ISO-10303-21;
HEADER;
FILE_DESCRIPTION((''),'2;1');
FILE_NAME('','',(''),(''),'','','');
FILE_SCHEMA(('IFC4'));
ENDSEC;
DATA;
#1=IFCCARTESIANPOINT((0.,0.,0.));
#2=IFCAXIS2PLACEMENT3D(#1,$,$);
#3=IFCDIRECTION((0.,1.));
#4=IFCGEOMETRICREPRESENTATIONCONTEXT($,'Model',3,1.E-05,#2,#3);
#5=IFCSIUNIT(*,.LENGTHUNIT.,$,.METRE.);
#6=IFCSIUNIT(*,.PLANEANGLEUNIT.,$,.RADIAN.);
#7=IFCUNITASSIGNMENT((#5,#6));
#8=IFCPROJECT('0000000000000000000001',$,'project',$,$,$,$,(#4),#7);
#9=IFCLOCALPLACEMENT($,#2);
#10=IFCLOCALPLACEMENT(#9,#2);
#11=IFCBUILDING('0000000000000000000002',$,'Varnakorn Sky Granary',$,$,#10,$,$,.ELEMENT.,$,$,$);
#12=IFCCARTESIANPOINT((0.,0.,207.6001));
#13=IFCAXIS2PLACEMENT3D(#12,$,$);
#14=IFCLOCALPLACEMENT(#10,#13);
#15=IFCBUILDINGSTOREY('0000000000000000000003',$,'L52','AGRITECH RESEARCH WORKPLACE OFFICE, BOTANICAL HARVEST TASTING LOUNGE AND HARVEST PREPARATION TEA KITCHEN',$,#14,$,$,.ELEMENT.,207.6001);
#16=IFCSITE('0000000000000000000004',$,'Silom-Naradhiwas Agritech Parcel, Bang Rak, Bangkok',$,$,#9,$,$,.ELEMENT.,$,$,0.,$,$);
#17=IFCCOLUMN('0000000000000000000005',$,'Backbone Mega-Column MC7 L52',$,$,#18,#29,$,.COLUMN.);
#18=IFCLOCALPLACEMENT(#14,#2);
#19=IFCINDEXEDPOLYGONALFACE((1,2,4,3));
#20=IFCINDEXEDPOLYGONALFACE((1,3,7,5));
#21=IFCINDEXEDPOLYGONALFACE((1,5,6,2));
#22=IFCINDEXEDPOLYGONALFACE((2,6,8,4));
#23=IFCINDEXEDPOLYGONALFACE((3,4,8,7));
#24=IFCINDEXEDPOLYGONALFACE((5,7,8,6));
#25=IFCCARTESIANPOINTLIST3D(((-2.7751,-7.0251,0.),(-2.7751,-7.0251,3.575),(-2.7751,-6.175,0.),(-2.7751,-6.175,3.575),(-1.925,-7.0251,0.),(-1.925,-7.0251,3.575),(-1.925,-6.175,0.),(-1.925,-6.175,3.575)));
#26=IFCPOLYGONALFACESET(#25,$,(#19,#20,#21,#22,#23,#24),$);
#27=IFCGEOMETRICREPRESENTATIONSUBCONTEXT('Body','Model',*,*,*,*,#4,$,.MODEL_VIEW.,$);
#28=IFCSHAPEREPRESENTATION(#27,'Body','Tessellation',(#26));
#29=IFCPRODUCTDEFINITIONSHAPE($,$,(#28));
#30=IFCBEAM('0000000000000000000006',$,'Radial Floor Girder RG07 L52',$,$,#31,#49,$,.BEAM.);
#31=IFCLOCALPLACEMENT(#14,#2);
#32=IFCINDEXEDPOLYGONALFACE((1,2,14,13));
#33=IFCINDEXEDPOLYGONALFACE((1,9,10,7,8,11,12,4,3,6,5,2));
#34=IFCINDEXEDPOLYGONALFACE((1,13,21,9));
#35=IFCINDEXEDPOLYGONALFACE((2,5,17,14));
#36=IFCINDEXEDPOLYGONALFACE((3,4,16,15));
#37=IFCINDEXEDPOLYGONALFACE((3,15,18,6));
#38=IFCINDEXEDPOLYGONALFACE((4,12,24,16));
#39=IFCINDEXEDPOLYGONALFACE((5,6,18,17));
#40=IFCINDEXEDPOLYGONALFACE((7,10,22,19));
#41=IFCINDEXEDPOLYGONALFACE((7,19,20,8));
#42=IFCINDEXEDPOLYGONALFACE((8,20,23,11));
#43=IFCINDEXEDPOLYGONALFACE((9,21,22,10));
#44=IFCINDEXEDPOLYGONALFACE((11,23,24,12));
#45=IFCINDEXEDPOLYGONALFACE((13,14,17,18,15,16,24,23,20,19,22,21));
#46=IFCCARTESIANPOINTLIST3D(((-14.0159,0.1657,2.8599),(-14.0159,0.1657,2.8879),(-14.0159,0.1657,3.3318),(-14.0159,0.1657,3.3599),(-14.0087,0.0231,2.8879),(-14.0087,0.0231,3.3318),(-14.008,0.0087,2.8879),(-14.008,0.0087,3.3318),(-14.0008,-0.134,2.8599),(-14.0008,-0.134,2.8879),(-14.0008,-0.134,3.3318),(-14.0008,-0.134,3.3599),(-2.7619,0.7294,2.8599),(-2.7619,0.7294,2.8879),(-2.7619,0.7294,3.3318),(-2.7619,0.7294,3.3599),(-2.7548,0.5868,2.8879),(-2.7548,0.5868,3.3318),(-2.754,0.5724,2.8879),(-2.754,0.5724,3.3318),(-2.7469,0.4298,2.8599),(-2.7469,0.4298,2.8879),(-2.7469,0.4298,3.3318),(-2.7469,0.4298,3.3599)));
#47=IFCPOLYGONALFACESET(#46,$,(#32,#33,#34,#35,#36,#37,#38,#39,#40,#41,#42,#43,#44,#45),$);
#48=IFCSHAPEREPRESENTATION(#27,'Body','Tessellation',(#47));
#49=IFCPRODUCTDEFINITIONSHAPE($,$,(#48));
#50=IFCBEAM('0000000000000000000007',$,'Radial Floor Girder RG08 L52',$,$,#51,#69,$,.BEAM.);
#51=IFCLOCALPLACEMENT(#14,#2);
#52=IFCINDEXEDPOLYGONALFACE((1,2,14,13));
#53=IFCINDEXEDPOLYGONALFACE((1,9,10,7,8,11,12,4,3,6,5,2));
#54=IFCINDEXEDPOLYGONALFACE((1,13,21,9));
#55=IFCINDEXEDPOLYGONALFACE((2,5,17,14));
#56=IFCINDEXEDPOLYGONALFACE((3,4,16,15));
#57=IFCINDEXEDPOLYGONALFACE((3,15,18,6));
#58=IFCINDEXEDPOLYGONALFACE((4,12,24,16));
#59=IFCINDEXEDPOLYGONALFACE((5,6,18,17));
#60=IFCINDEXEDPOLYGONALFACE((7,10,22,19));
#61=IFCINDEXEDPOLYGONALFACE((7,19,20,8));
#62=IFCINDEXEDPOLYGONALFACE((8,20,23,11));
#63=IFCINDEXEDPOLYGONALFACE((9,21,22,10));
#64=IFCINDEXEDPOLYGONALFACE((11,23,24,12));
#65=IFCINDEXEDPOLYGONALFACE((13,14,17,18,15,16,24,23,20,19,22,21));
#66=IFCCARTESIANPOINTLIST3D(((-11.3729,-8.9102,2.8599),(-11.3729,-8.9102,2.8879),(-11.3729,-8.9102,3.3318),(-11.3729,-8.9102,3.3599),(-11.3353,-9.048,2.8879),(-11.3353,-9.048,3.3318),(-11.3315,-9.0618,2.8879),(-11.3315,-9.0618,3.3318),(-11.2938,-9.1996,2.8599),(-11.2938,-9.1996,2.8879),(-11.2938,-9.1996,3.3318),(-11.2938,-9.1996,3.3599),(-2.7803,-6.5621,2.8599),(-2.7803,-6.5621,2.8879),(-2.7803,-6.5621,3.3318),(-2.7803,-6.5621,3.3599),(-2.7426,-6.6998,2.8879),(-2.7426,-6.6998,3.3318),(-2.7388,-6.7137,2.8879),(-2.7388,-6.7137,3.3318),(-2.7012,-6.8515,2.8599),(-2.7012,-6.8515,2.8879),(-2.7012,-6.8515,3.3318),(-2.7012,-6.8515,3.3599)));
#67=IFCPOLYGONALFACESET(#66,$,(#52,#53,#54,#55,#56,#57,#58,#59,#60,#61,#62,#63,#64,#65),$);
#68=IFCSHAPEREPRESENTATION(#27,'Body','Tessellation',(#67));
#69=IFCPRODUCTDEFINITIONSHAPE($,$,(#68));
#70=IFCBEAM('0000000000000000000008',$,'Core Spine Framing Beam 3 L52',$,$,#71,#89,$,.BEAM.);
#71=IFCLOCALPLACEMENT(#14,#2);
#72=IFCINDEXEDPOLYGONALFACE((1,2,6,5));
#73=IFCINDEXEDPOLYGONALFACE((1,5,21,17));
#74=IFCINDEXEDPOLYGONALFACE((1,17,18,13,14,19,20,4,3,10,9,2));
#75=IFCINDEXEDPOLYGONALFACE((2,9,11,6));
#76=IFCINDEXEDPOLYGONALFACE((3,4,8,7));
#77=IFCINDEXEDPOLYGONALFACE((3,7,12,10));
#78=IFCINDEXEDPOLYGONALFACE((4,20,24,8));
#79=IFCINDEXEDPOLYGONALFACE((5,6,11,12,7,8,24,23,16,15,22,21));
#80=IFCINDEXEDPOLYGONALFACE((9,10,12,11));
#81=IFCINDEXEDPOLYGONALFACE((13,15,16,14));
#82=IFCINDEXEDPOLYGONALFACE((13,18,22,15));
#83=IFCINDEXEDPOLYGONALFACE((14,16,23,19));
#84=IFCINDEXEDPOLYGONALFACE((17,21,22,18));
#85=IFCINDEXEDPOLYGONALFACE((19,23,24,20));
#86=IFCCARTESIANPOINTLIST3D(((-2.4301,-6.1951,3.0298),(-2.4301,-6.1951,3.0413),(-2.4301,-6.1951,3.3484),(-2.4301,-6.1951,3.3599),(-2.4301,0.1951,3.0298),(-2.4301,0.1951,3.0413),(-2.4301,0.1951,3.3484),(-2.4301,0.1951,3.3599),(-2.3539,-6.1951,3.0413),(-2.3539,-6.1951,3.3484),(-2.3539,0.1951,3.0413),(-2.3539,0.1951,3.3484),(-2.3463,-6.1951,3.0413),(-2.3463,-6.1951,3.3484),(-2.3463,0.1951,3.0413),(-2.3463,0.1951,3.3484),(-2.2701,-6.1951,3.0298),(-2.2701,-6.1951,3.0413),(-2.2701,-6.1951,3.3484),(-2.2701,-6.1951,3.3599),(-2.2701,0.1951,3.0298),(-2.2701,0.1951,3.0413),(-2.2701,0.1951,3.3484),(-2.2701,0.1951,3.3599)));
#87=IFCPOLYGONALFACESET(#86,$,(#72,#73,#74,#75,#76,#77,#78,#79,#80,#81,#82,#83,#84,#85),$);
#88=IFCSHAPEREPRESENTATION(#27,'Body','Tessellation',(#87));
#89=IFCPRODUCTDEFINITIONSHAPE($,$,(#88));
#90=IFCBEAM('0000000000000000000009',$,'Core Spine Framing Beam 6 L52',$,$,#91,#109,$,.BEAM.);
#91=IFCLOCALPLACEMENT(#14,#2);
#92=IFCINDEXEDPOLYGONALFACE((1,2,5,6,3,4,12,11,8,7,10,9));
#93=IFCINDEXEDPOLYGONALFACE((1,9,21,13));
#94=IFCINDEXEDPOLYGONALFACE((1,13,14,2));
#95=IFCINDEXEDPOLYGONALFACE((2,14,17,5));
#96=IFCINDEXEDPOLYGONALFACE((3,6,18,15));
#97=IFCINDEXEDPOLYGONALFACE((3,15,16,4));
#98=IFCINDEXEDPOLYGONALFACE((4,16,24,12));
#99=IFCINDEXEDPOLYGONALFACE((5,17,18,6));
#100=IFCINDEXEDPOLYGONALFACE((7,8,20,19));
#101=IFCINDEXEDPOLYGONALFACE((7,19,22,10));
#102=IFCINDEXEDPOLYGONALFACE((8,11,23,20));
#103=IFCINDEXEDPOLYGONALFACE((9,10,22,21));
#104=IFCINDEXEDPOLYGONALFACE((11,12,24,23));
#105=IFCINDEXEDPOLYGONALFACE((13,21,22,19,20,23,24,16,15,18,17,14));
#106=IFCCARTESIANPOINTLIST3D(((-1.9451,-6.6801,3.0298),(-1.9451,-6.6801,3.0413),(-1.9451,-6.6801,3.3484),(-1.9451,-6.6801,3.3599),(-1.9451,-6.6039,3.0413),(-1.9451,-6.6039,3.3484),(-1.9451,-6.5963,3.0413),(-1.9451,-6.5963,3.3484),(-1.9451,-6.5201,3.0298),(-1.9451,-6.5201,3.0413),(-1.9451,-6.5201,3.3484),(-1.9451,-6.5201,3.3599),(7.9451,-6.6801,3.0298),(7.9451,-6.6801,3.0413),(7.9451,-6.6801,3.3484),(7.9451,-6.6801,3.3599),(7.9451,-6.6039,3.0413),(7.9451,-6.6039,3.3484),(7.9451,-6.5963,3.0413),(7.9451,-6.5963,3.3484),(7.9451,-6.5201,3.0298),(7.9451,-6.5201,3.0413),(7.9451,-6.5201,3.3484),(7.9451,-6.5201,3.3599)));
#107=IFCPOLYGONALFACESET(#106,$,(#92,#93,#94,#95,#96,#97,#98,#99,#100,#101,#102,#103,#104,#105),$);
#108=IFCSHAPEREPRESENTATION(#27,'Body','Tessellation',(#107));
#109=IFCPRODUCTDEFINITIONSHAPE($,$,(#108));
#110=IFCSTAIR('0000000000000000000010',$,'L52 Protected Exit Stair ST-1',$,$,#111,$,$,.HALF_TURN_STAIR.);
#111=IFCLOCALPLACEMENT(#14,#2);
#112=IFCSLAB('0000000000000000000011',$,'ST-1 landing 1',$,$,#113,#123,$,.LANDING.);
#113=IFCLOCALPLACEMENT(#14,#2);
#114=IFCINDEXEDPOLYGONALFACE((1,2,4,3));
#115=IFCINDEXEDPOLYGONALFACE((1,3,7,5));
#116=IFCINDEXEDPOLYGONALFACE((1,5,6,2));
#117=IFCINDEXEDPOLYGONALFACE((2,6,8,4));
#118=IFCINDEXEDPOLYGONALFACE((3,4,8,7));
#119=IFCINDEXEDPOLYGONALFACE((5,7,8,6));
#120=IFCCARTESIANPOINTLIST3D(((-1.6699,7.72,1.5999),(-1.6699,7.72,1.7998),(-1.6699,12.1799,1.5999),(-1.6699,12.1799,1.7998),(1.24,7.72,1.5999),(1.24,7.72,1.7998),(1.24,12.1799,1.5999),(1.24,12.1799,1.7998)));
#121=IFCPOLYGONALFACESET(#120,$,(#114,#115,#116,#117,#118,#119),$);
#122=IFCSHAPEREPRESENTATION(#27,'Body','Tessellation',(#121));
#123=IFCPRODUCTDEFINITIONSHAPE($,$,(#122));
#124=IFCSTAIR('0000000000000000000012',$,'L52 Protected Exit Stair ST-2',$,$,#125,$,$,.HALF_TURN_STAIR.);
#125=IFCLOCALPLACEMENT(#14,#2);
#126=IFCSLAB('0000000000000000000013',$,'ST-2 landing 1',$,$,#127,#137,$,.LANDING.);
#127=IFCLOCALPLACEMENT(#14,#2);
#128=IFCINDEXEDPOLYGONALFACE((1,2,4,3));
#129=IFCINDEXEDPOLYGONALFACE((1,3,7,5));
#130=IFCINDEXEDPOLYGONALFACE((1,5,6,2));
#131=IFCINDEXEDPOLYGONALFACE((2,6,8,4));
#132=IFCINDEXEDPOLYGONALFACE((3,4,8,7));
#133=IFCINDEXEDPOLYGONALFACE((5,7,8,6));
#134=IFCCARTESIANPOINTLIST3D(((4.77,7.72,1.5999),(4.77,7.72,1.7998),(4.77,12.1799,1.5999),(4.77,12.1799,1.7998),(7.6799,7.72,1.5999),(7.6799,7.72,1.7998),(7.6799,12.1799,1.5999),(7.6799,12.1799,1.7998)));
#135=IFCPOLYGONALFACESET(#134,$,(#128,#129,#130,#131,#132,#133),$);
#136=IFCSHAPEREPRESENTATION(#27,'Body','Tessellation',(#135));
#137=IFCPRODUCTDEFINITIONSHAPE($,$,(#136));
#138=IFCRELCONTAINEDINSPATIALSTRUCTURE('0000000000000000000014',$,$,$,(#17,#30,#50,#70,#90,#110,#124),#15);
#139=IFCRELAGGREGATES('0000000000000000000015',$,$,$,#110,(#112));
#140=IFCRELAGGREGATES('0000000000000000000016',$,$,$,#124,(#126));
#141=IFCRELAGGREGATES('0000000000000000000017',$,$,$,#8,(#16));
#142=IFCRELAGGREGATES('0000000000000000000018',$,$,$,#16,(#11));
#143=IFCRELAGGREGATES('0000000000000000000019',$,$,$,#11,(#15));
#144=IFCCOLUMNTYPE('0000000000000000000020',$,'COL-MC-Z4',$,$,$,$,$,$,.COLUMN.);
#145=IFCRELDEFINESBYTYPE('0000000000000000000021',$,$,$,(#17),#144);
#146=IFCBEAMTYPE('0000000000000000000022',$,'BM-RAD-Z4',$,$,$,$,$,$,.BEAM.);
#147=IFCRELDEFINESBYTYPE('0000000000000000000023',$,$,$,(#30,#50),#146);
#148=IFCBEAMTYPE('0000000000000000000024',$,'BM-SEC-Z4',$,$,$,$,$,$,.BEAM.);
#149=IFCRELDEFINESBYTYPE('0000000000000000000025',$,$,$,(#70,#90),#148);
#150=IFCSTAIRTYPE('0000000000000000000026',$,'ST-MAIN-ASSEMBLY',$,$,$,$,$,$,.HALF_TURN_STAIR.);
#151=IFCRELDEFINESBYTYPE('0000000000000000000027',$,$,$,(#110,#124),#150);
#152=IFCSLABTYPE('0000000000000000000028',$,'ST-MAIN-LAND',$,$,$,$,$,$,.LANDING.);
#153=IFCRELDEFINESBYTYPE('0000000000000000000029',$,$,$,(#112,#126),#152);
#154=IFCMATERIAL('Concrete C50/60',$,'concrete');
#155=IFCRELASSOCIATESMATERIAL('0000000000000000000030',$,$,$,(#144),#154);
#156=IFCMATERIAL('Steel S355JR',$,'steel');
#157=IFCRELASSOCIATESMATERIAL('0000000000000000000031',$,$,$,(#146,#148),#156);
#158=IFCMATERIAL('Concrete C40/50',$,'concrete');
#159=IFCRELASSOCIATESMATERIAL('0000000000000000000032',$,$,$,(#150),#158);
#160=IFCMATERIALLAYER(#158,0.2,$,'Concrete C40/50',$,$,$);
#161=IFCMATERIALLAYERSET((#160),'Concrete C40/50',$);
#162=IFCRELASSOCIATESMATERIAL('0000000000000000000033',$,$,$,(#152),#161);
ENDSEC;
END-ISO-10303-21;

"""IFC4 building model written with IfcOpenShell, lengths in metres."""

from ifc_helpers import new_model, si_unit, direction, frame, origin, origin_2d, place, context, subcontext, project, spatial, polyline, rectangle, i_section, outline, extrude, material, layer, layer_set, material_profile, profile_set, type_object, element, aggregate, save


model = new_model("IFC4")

# Units and contexts
model_context = context("Model", 3, precision=1e-05, world=origin(), true_north=direction((0.0, 1.0)))
body_context = subcontext(model_context, "Body", "Model", "MODEL_VIEW")
ifc_project = project(units=[si_unit("LENGTHUNIT", "METRE"), si_unit("PLANEANGLEUNIT", "RADIAN")], contexts=[model_context])

# Site, building, storey
site_placement = place(None, origin())
site = spatial("IfcSite", under=ifc_project, at=site_placement, Name="Silom-Naradhiwas Agritech Parcel, Bang Rak, Bangkok", CompositionType="ELEMENT", RefElevation=0.0)
building_placement = place(site_placement, origin())
building = spatial("IfcBuilding", under=site, at=building_placement, Name="Varnakorn Sky Granary", CompositionType="ELEMENT")
storey_placement = place(building_placement, frame((0.0, 0.0, 207.6001)))
storey = spatial("IfcBuildingStorey", under=building, at=storey_placement, Name="L52", Description="AGRITECH RESEARCH WORKPLACE OFFICE, BOTANICAL HARVEST TASTING LOUNGE AND HARVEST PREPARATION TEA KITCHEN", CompositionType="ELEMENT", Elevation=207.6001)

# Column
ifc_material_1 = material(Name="Concrete C50/60", Category="concrete")
ifc_material_profile_1 = material_profile(ifc_material_1, rectangle(XDim=0.8501, YDim=0.8501, at=origin_2d()), Name="RC 850x850")
ifc_profile_set_1 = profile_set([ifc_material_profile_1], Name="Concrete C50/60")
column_type = type_object("IfcColumnType", Name="COL-MC-Z4", PredefinedType="COLUMN", material=ifc_profile_set_1)
column_placement = place(storey_placement, frame((-2.3501, -6.6001, 0.0), z_axis=(0.0, 0.0, 1.0), x_axis=(1.0, 0.0, 0.0)))
element("IfcColumn", 1, at=column_placement, inside=storey, type_object=column_type, Name="Backbone Mega-Column MC7 L52", PredefinedType="COLUMN", context=body_context, shape_type="SweptSolid", body=[
    extrude(rectangle(XDim=0.8501, YDim=0.8501, at=origin_2d()), origin(), (0.0, 0.0, 1.0), 3.575),
])

# Beams
ifc_material_2 = material(Name="Steel S355JR", Category="steel")
ifc_material_profile_2 = material_profile(ifc_material_2, i_section(OverallWidth=0.3, OverallDepth=0.5, WebThickness=0.0144, FlangeThickness=0.0281, at=origin_2d()), Name="HE 500 B")
ifc_profile_set_2 = profile_set([ifc_material_profile_2], Name="Steel S355JR")
beam_type_1 = type_object("IfcBeamType", Name="BM-RAD-Z4", PredefinedType="BEAM", material=ifc_profile_set_2)
beam_1_placement = place(storey_placement, frame((-2.7544, 0.5796, 3.1099), z_axis=(-0.998748, -0.050028, 0.0), x_axis=(0.050028, -0.998748, 0.0)))
element("IfcBeam", 2, at=beam_1_placement, inside=storey, type_object=beam_type_1, Name="Radial Floor Girder RG07 L52", PredefinedType="BEAM", context=body_context, shape_type="SweptSolid", body=[
    extrude(i_section(OverallWidth=0.3, OverallDepth=0.5, WebThickness=0.0144, FlangeThickness=0.0281, at=origin_2d()), origin(), (0.0, 0.0, 1.0), 11.2681),
])
beam_2_placement = place(storey_placement, frame((-2.7407, -6.7068, 3.1099), z_axis=(-0.964631, -0.263604, 0.0), x_axis=(0.263604, -0.964631, 0.0)))
element("IfcBeam", 3, at=beam_2_placement, inside=storey, type_object=beam_type_1, Name="Radial Floor Girder RG08 L52", PredefinedType="BEAM", context=body_context, shape_type="SweptSolid", body=[
    extrude(i_section(OverallWidth=0.3, OverallDepth=0.5, WebThickness=0.0144, FlangeThickness=0.0281, at=origin_2d()), origin(), (0.0, 0.0, 1.0), 8.9077),
])
ifc_material_profile_3 = material_profile(ifc_material_2, i_section(OverallWidth=0.1599, OverallDepth=0.3301, WebThickness=0.0076, FlangeThickness=0.0115, at=origin_2d()), Name="IPE 330")
ifc_profile_set_3 = profile_set([ifc_material_profile_3], Name="Steel S355JR")
beam_type_2 = type_object("IfcBeamType", Name="BM-SEC-Z4", PredefinedType="BEAM", material=ifc_profile_set_3)
beam_3_placement = place(storey_placement, frame((-2.3501, 0.1951, 3.1948), z_axis=(0.0, -1.0, 0.0), x_axis=(1.0, 0.0, 0.0)))
element("IfcBeam", 4, at=beam_3_placement, inside=storey, type_object=beam_type_2, Name="Core Spine Framing Beam 3 L52", PredefinedType="BEAM", context=body_context, shape_type="SweptSolid", body=[
    extrude(i_section(OverallWidth=0.1599, OverallDepth=0.3301, WebThickness=0.0076, FlangeThickness=0.0115, at=origin_2d()), origin(), (0.0, 0.0, 1.0), 6.3901),
])
beam_4_placement = place(storey_placement, frame((-1.9451, -6.6001, 3.1948), z_axis=(1.0, 0.0, 0.0), x_axis=(0.0, 1.0, 0.0)))
element("IfcBeam", 5, at=beam_4_placement, inside=storey, type_object=beam_type_2, Name="Core Spine Framing Beam 6 L52", PredefinedType="BEAM", context=body_context, shape_type="SweptSolid", body=[
    extrude(i_section(OverallWidth=0.1599, OverallDepth=0.3301, WebThickness=0.0076, FlangeThickness=0.0115, at=origin_2d()), origin(), (0.0, 0.0, 1.0), 9.8901),
])

# Stairs, slabs
ifc_material_3 = material(Name="Concrete C40/50", Category="concrete")
stair_type = type_object("IfcStairType", Name="ST-MAIN-ASSEMBLY", PredefinedType="HALF_TURN_STAIR", material=ifc_material_3)
stair_1_placement = place(storey_placement, origin())
stair_1 = element("IfcStair", 6, at=stair_1_placement, inside=storey, type_object=stair_type, Name="L52 Protected Exit Stair ST-1", PredefinedType="HALF_TURN_STAIR")
ifc_layer_1 = layer(ifc_material_3, 0.2, Name="Concrete C40/50")
ifc_layer_set_1 = layer_set([ifc_layer_1], Name="Concrete C40/50")
slab_type_1 = type_object("IfcSlabType", Name="ST-MAIN-LAND", PredefinedType="LANDING", material=ifc_layer_set_1)
slab_1_placement = place(storey_placement, frame((0.0, 0.0, 1.5999)))
slab_1 = element("IfcSlab", 7, at=slab_1_placement, type_object=slab_type_1, Name="ST-1 landing 1", PredefinedType="LANDING", context=body_context, shape_type="SweptSolid", body=[
    extrude(outline(polyline([(1.24, 7.72), (1.24, 12.1799), (-1.6699, 12.1799), (-1.6699, 7.72), (1.24, 7.72)])), origin(), (0.0, 0.0, 1.0), 0.2),
])
aggregate(stair_1, [slab_1])
stair_2_placement = place(storey_placement, origin())
stair_2 = element("IfcStair", 8, at=stair_2_placement, inside=storey, type_object=stair_type, Name="L52 Protected Exit Stair ST-2", PredefinedType="HALF_TURN_STAIR")
slab_2_placement = place(storey_placement, frame((0.0, 0.0, 1.5999)))
slab_2 = element("IfcSlab", 9, at=slab_2_placement, type_object=slab_type_1, Name="ST-2 landing 1", PredefinedType="LANDING", context=body_context, shape_type="SweptSolid", body=[
    extrude(outline(polyline([(7.6799, 7.72), (7.6799, 12.1799), (4.77, 12.1799), (4.77, 7.72), (7.6799, 7.72)])), origin(), (0.0, 0.0, 1.0), 0.2),
])
aggregate(stair_2, [slab_2])

save(model, "model.ifc")
